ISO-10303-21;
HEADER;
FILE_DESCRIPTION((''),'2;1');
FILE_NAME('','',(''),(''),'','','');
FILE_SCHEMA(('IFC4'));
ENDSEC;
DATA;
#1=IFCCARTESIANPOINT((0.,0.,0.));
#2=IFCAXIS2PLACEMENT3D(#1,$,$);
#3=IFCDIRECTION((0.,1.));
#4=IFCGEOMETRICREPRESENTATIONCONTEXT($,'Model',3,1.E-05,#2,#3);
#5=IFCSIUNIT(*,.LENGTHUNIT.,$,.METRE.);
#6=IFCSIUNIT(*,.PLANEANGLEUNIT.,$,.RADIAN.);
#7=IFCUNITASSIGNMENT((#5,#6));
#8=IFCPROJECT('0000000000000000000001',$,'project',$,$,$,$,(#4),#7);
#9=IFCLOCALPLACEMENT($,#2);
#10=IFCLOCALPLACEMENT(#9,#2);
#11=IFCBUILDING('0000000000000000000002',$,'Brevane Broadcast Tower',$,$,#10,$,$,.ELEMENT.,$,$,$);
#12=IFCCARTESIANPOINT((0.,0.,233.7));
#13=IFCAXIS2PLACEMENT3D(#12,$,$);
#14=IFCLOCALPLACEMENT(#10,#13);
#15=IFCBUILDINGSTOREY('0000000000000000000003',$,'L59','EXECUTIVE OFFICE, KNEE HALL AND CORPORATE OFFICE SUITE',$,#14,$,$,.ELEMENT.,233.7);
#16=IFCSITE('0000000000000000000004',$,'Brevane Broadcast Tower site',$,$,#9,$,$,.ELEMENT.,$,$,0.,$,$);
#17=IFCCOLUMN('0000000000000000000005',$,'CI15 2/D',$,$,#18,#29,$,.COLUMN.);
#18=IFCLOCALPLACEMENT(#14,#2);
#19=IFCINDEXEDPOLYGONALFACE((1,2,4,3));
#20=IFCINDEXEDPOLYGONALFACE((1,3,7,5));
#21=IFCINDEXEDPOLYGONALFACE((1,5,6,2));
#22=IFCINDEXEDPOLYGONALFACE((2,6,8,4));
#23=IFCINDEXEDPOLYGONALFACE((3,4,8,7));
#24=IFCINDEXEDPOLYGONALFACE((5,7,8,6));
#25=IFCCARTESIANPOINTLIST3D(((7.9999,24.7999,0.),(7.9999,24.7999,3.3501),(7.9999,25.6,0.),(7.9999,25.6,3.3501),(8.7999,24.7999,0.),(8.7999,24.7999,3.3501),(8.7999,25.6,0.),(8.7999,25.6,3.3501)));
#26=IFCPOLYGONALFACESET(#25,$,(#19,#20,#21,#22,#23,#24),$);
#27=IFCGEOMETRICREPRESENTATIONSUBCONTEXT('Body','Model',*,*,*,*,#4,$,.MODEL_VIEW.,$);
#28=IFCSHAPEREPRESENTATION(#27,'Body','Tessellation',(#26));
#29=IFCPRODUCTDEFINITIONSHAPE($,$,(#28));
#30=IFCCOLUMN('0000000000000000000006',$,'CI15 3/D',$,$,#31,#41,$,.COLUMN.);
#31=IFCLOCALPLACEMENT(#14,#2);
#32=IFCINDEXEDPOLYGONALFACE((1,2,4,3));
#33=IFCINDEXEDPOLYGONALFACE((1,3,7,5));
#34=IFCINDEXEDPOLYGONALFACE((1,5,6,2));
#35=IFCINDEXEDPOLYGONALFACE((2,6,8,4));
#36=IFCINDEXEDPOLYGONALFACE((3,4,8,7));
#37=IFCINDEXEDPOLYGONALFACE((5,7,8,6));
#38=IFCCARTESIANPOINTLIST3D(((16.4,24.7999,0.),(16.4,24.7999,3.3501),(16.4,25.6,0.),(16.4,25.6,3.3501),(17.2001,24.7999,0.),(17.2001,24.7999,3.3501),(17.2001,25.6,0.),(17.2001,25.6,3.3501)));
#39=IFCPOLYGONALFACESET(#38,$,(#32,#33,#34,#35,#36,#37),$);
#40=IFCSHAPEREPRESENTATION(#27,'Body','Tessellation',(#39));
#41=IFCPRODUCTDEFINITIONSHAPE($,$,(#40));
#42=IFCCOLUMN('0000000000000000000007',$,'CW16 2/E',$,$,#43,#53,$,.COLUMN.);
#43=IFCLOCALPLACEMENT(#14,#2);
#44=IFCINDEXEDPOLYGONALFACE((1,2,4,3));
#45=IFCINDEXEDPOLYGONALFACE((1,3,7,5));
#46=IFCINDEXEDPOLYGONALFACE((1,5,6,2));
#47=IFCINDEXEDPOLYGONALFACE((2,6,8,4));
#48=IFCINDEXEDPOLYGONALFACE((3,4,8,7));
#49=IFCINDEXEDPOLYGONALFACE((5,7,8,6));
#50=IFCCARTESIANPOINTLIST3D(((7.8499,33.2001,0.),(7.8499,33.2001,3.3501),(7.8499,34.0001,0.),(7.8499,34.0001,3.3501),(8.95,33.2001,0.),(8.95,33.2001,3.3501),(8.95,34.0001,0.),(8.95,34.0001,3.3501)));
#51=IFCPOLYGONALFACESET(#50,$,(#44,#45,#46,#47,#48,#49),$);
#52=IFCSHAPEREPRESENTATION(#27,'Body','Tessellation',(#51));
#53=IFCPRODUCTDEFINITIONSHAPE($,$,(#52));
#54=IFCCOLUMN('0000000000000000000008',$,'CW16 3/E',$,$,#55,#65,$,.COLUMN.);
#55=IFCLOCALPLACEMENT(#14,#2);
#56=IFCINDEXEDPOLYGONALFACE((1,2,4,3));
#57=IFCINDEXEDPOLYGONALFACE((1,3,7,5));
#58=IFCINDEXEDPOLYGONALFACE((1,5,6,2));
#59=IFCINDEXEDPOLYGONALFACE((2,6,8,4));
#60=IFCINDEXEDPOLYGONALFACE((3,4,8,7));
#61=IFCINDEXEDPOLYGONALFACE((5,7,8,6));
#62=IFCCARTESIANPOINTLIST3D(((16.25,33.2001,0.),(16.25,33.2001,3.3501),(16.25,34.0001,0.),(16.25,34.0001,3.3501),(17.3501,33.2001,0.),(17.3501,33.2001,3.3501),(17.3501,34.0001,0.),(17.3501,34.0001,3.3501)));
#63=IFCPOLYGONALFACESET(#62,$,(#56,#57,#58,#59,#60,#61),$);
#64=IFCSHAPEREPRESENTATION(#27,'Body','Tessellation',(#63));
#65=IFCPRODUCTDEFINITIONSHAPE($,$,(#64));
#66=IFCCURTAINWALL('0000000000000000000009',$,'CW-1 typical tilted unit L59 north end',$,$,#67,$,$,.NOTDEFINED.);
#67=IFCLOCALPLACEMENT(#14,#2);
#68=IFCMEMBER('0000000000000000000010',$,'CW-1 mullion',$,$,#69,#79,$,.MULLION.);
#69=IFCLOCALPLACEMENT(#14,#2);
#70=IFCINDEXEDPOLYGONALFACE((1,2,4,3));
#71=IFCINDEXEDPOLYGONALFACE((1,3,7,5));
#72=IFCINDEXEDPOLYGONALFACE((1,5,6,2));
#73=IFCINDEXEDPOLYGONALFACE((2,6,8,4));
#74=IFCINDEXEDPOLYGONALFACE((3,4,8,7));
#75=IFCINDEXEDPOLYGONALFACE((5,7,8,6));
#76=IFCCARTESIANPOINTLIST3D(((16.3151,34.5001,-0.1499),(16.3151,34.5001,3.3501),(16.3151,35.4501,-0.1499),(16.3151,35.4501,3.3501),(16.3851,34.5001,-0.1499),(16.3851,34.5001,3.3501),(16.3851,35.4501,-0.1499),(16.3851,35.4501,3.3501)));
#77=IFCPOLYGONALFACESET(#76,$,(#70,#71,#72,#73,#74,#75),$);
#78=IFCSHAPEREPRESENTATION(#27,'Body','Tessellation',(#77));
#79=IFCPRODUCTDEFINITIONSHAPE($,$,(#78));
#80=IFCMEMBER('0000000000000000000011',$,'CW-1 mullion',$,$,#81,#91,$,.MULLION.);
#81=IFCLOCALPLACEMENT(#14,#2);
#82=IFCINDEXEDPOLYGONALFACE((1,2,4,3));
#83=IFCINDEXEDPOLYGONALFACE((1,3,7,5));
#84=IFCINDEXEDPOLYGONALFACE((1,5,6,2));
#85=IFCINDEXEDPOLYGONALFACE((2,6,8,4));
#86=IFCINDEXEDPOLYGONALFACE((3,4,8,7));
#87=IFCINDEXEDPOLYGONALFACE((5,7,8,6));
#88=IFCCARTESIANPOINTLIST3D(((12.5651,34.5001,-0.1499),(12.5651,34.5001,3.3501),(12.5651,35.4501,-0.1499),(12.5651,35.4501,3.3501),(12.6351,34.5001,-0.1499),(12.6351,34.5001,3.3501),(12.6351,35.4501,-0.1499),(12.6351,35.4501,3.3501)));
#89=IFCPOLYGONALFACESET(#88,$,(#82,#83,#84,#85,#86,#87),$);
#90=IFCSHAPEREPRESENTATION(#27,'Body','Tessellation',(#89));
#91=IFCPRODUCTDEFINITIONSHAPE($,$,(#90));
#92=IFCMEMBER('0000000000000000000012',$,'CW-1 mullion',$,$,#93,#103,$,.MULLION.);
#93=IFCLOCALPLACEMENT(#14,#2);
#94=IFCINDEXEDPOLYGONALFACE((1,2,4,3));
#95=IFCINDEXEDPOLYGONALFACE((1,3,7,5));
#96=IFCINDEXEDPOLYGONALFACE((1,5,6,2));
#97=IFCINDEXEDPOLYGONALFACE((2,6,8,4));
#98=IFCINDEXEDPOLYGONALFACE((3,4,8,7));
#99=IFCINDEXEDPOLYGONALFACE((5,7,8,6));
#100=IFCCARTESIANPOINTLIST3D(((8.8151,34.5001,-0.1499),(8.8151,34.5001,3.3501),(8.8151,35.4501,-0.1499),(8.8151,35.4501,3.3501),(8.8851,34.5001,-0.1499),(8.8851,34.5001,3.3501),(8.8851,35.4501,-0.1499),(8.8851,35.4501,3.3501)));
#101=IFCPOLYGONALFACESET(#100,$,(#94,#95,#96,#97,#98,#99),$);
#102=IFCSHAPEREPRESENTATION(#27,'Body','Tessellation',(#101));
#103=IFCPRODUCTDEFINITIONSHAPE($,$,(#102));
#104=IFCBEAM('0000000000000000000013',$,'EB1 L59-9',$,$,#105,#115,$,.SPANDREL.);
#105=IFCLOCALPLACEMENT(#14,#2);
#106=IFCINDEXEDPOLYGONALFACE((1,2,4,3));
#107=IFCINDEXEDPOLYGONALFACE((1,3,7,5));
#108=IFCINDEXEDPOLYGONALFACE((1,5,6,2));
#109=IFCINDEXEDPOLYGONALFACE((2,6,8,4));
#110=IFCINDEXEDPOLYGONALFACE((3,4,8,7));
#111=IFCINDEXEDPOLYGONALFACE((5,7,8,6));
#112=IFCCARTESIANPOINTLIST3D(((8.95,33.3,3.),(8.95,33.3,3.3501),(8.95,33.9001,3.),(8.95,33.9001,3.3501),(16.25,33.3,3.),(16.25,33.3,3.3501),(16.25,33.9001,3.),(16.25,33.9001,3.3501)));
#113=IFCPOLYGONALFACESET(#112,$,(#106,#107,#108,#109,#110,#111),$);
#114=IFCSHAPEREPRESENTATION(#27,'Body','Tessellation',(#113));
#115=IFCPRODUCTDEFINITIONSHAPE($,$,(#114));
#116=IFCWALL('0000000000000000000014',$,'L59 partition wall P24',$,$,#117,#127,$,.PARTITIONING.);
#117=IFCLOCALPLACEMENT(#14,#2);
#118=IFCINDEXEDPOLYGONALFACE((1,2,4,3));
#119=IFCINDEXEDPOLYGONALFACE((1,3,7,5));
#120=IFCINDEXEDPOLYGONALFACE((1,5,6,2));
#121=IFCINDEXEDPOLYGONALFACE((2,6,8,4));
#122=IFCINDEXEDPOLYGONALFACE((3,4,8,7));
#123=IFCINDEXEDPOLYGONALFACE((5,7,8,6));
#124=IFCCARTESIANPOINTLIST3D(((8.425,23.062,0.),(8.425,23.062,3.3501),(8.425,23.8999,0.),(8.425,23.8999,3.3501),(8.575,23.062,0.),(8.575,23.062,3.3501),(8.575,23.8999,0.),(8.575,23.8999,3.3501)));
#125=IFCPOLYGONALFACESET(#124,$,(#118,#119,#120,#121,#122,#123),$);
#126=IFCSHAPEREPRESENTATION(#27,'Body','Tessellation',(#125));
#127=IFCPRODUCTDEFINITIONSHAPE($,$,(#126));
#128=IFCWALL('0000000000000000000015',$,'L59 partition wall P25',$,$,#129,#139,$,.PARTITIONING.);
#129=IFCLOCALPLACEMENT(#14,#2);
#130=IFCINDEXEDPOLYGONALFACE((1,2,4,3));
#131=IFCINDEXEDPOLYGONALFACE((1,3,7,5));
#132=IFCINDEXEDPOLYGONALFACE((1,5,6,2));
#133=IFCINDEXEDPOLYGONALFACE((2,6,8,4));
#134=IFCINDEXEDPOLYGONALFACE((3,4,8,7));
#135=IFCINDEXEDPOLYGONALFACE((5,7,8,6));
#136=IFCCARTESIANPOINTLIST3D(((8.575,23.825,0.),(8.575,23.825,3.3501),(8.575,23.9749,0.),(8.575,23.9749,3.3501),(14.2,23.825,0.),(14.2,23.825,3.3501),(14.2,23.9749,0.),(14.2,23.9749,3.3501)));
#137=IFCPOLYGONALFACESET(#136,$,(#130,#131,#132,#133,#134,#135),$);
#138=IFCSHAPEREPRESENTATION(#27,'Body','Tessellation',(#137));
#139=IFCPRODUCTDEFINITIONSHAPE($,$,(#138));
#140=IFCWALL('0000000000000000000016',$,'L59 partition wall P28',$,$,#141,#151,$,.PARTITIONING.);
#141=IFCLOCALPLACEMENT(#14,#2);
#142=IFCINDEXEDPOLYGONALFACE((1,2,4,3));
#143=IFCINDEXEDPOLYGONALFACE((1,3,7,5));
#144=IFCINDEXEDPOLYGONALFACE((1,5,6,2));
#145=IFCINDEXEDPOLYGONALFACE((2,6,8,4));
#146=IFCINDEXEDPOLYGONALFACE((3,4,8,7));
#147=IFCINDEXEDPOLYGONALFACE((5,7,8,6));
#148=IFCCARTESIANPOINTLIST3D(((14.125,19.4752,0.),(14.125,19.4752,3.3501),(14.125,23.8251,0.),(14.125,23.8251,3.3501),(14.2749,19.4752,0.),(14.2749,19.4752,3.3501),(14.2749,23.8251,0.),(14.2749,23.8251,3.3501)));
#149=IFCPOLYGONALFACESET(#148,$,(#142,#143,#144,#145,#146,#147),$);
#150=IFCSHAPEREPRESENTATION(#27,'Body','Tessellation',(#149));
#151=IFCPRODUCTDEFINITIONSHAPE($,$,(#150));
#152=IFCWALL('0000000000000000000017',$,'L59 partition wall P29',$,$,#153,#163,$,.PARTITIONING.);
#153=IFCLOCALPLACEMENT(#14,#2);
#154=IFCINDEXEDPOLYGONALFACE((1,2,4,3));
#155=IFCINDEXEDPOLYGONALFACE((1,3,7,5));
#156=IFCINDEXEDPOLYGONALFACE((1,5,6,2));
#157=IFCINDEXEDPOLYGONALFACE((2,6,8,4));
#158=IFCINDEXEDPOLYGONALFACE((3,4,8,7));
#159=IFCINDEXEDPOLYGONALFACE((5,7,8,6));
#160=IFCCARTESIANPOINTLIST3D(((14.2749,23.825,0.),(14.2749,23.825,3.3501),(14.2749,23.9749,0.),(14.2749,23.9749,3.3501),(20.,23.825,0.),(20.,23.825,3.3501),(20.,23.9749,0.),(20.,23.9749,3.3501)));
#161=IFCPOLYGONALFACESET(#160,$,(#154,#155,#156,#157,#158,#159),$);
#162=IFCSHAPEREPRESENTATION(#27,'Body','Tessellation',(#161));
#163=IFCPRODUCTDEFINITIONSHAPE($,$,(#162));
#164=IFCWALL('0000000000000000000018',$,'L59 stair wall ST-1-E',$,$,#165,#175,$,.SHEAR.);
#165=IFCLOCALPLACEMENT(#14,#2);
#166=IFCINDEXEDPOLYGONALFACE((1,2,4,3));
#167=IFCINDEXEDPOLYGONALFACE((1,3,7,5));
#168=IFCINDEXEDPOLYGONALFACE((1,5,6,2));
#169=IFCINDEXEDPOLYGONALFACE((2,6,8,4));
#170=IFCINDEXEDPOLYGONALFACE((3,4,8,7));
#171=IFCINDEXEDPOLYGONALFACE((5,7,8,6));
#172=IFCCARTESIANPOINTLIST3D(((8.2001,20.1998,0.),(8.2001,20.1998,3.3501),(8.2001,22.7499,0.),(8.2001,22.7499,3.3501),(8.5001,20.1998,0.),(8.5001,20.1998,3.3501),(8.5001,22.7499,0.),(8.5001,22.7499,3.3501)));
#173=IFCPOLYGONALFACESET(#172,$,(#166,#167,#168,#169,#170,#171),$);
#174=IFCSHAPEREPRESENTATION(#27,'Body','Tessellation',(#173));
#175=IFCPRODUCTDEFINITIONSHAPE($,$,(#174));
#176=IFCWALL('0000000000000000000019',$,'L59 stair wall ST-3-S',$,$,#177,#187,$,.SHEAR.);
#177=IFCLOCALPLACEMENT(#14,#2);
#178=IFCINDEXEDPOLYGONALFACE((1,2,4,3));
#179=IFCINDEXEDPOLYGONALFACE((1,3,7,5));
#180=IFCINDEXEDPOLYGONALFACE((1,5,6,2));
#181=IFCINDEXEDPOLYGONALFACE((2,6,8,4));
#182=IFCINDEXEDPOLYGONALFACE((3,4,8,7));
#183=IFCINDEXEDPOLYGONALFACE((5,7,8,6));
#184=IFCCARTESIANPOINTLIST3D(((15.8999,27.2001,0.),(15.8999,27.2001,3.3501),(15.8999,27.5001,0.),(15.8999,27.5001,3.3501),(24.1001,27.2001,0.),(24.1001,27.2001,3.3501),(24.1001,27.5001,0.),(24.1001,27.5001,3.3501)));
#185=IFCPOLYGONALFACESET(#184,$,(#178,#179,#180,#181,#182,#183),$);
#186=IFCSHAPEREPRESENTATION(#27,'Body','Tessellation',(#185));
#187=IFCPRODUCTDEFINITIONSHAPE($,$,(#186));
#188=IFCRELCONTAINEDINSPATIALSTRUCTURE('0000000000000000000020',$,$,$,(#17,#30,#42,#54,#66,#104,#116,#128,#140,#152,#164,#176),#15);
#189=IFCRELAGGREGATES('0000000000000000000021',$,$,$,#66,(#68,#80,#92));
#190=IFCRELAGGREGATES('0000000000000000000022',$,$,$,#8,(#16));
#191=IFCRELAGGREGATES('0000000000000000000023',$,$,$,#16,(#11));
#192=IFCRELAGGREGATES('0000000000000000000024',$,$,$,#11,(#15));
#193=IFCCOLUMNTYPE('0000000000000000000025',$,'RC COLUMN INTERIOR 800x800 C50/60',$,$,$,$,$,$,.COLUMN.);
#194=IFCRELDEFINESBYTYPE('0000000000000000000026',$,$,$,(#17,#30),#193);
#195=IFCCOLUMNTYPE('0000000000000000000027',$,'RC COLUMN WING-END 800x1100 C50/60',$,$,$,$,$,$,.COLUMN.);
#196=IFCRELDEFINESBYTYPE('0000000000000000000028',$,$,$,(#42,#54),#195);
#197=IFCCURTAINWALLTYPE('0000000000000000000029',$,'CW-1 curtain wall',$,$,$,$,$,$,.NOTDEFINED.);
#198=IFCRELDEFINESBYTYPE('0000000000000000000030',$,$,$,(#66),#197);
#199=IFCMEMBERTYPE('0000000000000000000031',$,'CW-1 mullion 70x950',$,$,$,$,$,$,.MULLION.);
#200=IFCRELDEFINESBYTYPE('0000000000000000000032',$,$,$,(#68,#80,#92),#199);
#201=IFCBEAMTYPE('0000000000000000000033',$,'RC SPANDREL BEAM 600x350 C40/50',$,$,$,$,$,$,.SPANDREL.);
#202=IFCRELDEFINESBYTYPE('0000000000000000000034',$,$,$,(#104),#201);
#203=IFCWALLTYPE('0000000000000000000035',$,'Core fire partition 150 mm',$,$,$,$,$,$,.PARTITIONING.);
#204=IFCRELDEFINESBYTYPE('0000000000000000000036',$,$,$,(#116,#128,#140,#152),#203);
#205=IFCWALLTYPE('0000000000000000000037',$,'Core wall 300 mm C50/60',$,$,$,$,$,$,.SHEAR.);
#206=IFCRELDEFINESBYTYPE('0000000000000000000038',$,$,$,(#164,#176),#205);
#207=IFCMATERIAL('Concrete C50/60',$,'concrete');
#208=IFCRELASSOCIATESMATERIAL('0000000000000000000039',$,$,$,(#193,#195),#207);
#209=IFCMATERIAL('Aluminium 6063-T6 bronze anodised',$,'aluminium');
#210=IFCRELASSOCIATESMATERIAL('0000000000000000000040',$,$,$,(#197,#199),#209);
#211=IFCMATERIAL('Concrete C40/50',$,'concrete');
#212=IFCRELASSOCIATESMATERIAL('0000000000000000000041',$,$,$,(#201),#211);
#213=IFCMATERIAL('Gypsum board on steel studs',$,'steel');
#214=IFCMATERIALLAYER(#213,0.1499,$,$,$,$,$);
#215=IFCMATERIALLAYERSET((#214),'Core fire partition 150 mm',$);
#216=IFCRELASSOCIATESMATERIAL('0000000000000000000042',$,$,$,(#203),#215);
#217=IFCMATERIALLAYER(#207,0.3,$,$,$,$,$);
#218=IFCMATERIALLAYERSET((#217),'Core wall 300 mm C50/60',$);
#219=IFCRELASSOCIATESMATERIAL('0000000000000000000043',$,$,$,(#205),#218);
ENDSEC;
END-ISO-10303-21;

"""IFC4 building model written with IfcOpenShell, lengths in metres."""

from ifc_helpers import new_model, si_unit, direction, frame, frame_2d, origin, origin_2d, place, context, subcontext, project, spatial, rectangle, extrude, material, layer, layer_set, material_profile, profile_set, type_object, element, aggregate, save


model = new_model("IFC4")

# Units and contexts
model_context = context("Model", 3, precision=1e-05, world=origin(), true_north=direction((0.0, 1.0)))
body_context = subcontext(model_context, "Body", "Model", "MODEL_VIEW")
ifc_project = project(units=[si_unit("LENGTHUNIT", "METRE"), si_unit("PLANEANGLEUNIT", "RADIAN")], contexts=[model_context])

# Site, building, storey
site_placement = place(None, origin())
site = spatial("IfcSite", under=ifc_project, at=site_placement, Name="Brevane Broadcast Tower site", CompositionType="ELEMENT", RefElevation=0.0)
building_placement = place(site_placement, origin())
building = spatial("IfcBuilding", under=site, at=building_placement, Name="Brevane Broadcast Tower", CompositionType="ELEMENT")
storey_placement = place(building_placement, frame((0.0, 0.0, 233.7)))
storey = spatial("IfcBuildingStorey", under=building, at=storey_placement, Name="L59", Description="EXECUTIVE OFFICE, KNEE HALL AND CORPORATE OFFICE SUITE", CompositionType="ELEMENT", Elevation=233.7)

# Columns
ifc_material_1 = material(Name="Concrete C50/60", Category="concrete")
ifc_material_profile_1 = material_profile(ifc_material_1, rectangle(XDim=0.8, YDim=0.8, at=origin_2d()), Name="RC 800x800")
ifc_profile_set_1 = profile_set([ifc_material_profile_1], Name="Concrete C50/60")
column_type_1 = type_object("IfcColumnType", Name="RC COLUMN INTERIOR 800x800 C50/60", PredefinedType="COLUMN", material=ifc_profile_set_1)
for number, where, z_axis, x_axis, name in (
    (1, (8.3999, 25.2, 0.0), (0.0, 0.0, 1.0), (1.0, 0.0, 0.0), "CI15 2/D"),
    (2, (16.8, 25.2, 0.0), (0.0, 0.0, 1.0), (1.0, 0.0, 0.0), "CI15 3/D"),
):
    element("IfcColumn", number, at=place(storey_placement, frame(where, z_axis=z_axis, x_axis=x_axis)), inside=storey, type_object=column_type_1, Name=name, PredefinedType="COLUMN", context=body_context, shape_type="SweptSolid", body=[
        extrude(rectangle(XDim=0.8, YDim=0.8, at=origin_2d()), origin(), (0.0, 0.0, 1.0), 3.3501),
    ])
ifc_material_profile_2 = material_profile(ifc_material_1, rectangle(XDim=0.8, YDim=1.1001, at=origin_2d()), Name="RC 800x1100")
ifc_profile_set_2 = profile_set([ifc_material_profile_2], Name="Concrete C50/60")
column_type_2 = type_object("IfcColumnType", Name="RC COLUMN WING-END 800x1100 C50/60", PredefinedType="COLUMN", material=ifc_profile_set_2)
for number, where, z_axis, x_axis, name in (
    (3, (8.3999, 33.6001, 0.0), (0.0, 0.0, 1.0), (0.0, 1.0, 0.0), "CW16 2/E"),
    (4, (16.8, 33.6001, 0.0), (0.0, 0.0, 1.0), (0.0, 1.0, 0.0), "CW16 3/E"),
):
    element("IfcColumn", number, at=place(storey_placement, frame(where, z_axis=z_axis, x_axis=x_axis)), inside=storey, type_object=column_type_2, Name=name, PredefinedType="COLUMN", context=body_context, shape_type="SweptSolid", body=[
        extrude(rectangle(XDim=0.8, YDim=1.1001, at=origin_2d()), origin(), (0.0, 0.0, 1.0), 3.3501),
    ])

# Curtain wall, members
ifc_material_2 = material(Name="Aluminium 6063-T6 bronze anodised", Category="aluminium")
curtain_wall_type = type_object("IfcCurtainWallType", Name="CW-1 curtain wall", PredefinedType="NOTDEFINED", material=ifc_material_2)
curtain_wall_placement = place(storey_placement, origin())
curtain_wall = element("IfcCurtainWall", 5, at=curtain_wall_placement, inside=storey, type_object=curtain_wall_type, Name="CW-1 typical tilted unit L59 north end", PredefinedType="NOTDEFINED")
ifc_material_profile_3 = material_profile(ifc_material_2, rectangle(XDim=0.95, YDim=0.0701, at=origin_2d()), Name="RECT 70x950")
ifc_profile_set_3 = profile_set([ifc_material_profile_3], Name="Aluminium 6063-T6 bronze anodised")
member_type = type_object("IfcMemberType", Name="CW-1 mullion 70x950", PredefinedType="MULLION", material=ifc_profile_set_3)
member_1_placement = place(storey_placement, frame((16.3501, 34.9751, -0.1499), z_axis=(0.0, 0.0, 1.0), x_axis=(0.0, -1.0, 0.0)))
member_1 = element("IfcMember", 6, at=member_1_placement, type_object=member_type, Name="CW-1 mullion", PredefinedType="MULLION", context=body_context, shape_type="SweptSolid", body=[
    extrude(rectangle(XDim=0.95, YDim=0.0701, at=origin_2d()), origin(), (0.0, 0.0, 1.0), 3.5),
])
member_2_placement = place(storey_placement, frame((12.6001, 34.9751, -0.1499), z_axis=(0.0, 0.0, 1.0), x_axis=(0.0, -1.0, 0.0)))
member_2 = element("IfcMember", 7, at=member_2_placement, type_object=member_type, Name="CW-1 mullion", PredefinedType="MULLION", context=body_context, shape_type="SweptSolid", body=[
    extrude(rectangle(XDim=0.95, YDim=0.0701, at=origin_2d()), origin(), (0.0, 0.0, 1.0), 3.5),
])
member_3_placement = place(storey_placement, frame((8.8501, 34.9751, -0.1499), z_axis=(0.0, 0.0, 1.0), x_axis=(0.0, -1.0, 0.0)))
member_3 = element("IfcMember", 8, at=member_3_placement, type_object=member_type, Name="CW-1 mullion", PredefinedType="MULLION", context=body_context, shape_type="SweptSolid", body=[
    extrude(rectangle(XDim=0.95, YDim=0.0701, at=origin_2d()), origin(), (0.0, 0.0, 1.0), 3.5),
])
aggregate(curtain_wall, [member_1, member_2, member_3])

# Beam
ifc_material_3 = material(Name="Concrete C40/50", Category="concrete")
ifc_material_profile_4 = material_profile(ifc_material_3, rectangle(XDim=0.6001, YDim=0.3501, at=origin_2d()), Name="RC 600x350")
ifc_profile_set_4 = profile_set([ifc_material_profile_4], Name="Concrete C40/50")
beam_type = type_object("IfcBeamType", Name="RC SPANDREL BEAM 600x350 C40/50", PredefinedType="SPANDREL", material=ifc_profile_set_4)
beam_placement = place(storey_placement, frame((16.25, 33.6001, 3.175), z_axis=(-1.0, 0.0, 0.0), x_axis=(0.0, -1.0, 0.0)))
element("IfcBeam", 9, at=beam_placement, inside=storey, type_object=beam_type, Name="EB1 L59-9", PredefinedType="SPANDREL", context=body_context, shape_type="SweptSolid", body=[
    extrude(rectangle(XDim=0.6001, YDim=0.3501, at=origin_2d()), origin(), (0.0, 0.0, 1.0), 7.3),
])

# Walls
ifc_material_4 = material(Name="Gypsum board on steel studs", Category="steel")
ifc_layer_1 = layer(ifc_material_4, 0.1499)
ifc_layer_set_1 = layer_set([ifc_layer_1], Name="Core fire partition 150 mm")
wall_type_1 = type_object("IfcWallType", Name="Core fire partition 150 mm", PredefinedType="PARTITIONING", material=ifc_layer_set_1)
wall_1_placement = place(storey_placement, frame((8.5, 23.062, 0.0), z_axis=(0.0, 0.0, 1.0), x_axis=(0.0, 1.0, 0.0)))
element("IfcWall", 10, at=wall_1_placement, inside=storey, type_object=wall_type_1, Name="L59 partition wall P24", PredefinedType="PARTITIONING", context=body_context, shape_type="SweptSolid", body=[
    extrude(rectangle(XDim=0.8379, YDim=0.1499, at=frame_2d((0.4189, 0.0))), origin(), (0.0, 0.0, 1.0), 3.3501),
])
wall_2_placement = place(storey_placement, frame((8.575, 23.8999, 0.0), z_axis=(0.0, 0.0, 1.0), x_axis=(1.0, 0.0, 0.0)))
element("IfcWall", 11, at=wall_2_placement, inside=storey, type_object=wall_type_1, Name="L59 partition wall P25", PredefinedType="PARTITIONING", context=body_context, shape_type="SweptSolid", body=[
    extrude(rectangle(XDim=5.625, YDim=0.1499, at=frame_2d((2.8125, 0.0))), origin(), (0.0, 0.0, 1.0), 3.3501),
])
wall_3_placement = place(storey_placement, frame((14.2, 23.825, 0.0), z_axis=(0.0, 0.0, 1.0), x_axis=(0.0, -1.0, 0.0)))
element("IfcWall", 12, at=wall_3_placement, inside=storey, type_object=wall_type_1, Name="L59 partition wall P28", PredefinedType="PARTITIONING", context=body_context, shape_type="SweptSolid", body=[
    extrude(rectangle(XDim=4.3499, YDim=0.1499, at=frame_2d((2.1748, 0.0))), origin(), (0.0, 0.0, 1.0), 3.3501),
])
wall_4_placement = place(storey_placement, frame((14.2749, 23.8999, 0.0), z_axis=(0.0, 0.0, 1.0), x_axis=(1.0, 0.0, 0.0)))
element("IfcWall", 13, at=wall_4_placement, inside=storey, type_object=wall_type_1, Name="L59 partition wall P29", PredefinedType="PARTITIONING", context=body_context, shape_type="SweptSolid", body=[
    extrude(rectangle(XDim=5.7251, YDim=0.1499, at=frame_2d((2.8625, 0.0))), origin(), (0.0, 0.0, 1.0), 3.3501),
])
ifc_layer_2 = layer(ifc_material_1, 0.3)
ifc_layer_set_2 = layer_set([ifc_layer_2], Name="Core wall 300 mm C50/60")
wall_type_2 = type_object("IfcWallType", Name="Core wall 300 mm C50/60", PredefinedType="SHEAR", material=ifc_layer_set_2)
wall_5_placement = place(storey_placement, frame((8.3501, 20.2, 0.0), z_axis=(0.0, 0.0, 1.0), x_axis=(0.0, 1.0, 0.0)))
element("IfcWall", 14, at=wall_5_placement, inside=storey, type_object=wall_type_2, Name="L59 stair wall ST-1-E", PredefinedType="SHEAR", context=body_context, shape_type="SweptSolid", body=[
    extrude(rectangle(XDim=2.55, YDim=0.3, at=frame_2d((1.2749, 0.0))), origin(), (0.0, 0.0, 1.0), 3.3501),
])
for number, where, z_axis, x_axis, name in (
    (15, (15.8999, 27.3501, 0.0), (0.0, 0.0, 1.0), (1.0, 0.0, 0.0), "L59 stair wall ST-3-S"),
):
    element("IfcWall", number, at=place(storey_placement, frame(where, z_axis=z_axis, x_axis=x_axis)), inside=storey, type_object=wall_type_2, Name=name, PredefinedType="SHEAR", context=body_context, shape_type="SweptSolid", body=[
        extrude(rectangle(XDim=8.2002, YDim=0.3, at=frame_2d((4.1001, 0.0))), origin(), (0.0, 0.0, 1.0), 3.3501),
    ])

save(model, "model.ifc")
